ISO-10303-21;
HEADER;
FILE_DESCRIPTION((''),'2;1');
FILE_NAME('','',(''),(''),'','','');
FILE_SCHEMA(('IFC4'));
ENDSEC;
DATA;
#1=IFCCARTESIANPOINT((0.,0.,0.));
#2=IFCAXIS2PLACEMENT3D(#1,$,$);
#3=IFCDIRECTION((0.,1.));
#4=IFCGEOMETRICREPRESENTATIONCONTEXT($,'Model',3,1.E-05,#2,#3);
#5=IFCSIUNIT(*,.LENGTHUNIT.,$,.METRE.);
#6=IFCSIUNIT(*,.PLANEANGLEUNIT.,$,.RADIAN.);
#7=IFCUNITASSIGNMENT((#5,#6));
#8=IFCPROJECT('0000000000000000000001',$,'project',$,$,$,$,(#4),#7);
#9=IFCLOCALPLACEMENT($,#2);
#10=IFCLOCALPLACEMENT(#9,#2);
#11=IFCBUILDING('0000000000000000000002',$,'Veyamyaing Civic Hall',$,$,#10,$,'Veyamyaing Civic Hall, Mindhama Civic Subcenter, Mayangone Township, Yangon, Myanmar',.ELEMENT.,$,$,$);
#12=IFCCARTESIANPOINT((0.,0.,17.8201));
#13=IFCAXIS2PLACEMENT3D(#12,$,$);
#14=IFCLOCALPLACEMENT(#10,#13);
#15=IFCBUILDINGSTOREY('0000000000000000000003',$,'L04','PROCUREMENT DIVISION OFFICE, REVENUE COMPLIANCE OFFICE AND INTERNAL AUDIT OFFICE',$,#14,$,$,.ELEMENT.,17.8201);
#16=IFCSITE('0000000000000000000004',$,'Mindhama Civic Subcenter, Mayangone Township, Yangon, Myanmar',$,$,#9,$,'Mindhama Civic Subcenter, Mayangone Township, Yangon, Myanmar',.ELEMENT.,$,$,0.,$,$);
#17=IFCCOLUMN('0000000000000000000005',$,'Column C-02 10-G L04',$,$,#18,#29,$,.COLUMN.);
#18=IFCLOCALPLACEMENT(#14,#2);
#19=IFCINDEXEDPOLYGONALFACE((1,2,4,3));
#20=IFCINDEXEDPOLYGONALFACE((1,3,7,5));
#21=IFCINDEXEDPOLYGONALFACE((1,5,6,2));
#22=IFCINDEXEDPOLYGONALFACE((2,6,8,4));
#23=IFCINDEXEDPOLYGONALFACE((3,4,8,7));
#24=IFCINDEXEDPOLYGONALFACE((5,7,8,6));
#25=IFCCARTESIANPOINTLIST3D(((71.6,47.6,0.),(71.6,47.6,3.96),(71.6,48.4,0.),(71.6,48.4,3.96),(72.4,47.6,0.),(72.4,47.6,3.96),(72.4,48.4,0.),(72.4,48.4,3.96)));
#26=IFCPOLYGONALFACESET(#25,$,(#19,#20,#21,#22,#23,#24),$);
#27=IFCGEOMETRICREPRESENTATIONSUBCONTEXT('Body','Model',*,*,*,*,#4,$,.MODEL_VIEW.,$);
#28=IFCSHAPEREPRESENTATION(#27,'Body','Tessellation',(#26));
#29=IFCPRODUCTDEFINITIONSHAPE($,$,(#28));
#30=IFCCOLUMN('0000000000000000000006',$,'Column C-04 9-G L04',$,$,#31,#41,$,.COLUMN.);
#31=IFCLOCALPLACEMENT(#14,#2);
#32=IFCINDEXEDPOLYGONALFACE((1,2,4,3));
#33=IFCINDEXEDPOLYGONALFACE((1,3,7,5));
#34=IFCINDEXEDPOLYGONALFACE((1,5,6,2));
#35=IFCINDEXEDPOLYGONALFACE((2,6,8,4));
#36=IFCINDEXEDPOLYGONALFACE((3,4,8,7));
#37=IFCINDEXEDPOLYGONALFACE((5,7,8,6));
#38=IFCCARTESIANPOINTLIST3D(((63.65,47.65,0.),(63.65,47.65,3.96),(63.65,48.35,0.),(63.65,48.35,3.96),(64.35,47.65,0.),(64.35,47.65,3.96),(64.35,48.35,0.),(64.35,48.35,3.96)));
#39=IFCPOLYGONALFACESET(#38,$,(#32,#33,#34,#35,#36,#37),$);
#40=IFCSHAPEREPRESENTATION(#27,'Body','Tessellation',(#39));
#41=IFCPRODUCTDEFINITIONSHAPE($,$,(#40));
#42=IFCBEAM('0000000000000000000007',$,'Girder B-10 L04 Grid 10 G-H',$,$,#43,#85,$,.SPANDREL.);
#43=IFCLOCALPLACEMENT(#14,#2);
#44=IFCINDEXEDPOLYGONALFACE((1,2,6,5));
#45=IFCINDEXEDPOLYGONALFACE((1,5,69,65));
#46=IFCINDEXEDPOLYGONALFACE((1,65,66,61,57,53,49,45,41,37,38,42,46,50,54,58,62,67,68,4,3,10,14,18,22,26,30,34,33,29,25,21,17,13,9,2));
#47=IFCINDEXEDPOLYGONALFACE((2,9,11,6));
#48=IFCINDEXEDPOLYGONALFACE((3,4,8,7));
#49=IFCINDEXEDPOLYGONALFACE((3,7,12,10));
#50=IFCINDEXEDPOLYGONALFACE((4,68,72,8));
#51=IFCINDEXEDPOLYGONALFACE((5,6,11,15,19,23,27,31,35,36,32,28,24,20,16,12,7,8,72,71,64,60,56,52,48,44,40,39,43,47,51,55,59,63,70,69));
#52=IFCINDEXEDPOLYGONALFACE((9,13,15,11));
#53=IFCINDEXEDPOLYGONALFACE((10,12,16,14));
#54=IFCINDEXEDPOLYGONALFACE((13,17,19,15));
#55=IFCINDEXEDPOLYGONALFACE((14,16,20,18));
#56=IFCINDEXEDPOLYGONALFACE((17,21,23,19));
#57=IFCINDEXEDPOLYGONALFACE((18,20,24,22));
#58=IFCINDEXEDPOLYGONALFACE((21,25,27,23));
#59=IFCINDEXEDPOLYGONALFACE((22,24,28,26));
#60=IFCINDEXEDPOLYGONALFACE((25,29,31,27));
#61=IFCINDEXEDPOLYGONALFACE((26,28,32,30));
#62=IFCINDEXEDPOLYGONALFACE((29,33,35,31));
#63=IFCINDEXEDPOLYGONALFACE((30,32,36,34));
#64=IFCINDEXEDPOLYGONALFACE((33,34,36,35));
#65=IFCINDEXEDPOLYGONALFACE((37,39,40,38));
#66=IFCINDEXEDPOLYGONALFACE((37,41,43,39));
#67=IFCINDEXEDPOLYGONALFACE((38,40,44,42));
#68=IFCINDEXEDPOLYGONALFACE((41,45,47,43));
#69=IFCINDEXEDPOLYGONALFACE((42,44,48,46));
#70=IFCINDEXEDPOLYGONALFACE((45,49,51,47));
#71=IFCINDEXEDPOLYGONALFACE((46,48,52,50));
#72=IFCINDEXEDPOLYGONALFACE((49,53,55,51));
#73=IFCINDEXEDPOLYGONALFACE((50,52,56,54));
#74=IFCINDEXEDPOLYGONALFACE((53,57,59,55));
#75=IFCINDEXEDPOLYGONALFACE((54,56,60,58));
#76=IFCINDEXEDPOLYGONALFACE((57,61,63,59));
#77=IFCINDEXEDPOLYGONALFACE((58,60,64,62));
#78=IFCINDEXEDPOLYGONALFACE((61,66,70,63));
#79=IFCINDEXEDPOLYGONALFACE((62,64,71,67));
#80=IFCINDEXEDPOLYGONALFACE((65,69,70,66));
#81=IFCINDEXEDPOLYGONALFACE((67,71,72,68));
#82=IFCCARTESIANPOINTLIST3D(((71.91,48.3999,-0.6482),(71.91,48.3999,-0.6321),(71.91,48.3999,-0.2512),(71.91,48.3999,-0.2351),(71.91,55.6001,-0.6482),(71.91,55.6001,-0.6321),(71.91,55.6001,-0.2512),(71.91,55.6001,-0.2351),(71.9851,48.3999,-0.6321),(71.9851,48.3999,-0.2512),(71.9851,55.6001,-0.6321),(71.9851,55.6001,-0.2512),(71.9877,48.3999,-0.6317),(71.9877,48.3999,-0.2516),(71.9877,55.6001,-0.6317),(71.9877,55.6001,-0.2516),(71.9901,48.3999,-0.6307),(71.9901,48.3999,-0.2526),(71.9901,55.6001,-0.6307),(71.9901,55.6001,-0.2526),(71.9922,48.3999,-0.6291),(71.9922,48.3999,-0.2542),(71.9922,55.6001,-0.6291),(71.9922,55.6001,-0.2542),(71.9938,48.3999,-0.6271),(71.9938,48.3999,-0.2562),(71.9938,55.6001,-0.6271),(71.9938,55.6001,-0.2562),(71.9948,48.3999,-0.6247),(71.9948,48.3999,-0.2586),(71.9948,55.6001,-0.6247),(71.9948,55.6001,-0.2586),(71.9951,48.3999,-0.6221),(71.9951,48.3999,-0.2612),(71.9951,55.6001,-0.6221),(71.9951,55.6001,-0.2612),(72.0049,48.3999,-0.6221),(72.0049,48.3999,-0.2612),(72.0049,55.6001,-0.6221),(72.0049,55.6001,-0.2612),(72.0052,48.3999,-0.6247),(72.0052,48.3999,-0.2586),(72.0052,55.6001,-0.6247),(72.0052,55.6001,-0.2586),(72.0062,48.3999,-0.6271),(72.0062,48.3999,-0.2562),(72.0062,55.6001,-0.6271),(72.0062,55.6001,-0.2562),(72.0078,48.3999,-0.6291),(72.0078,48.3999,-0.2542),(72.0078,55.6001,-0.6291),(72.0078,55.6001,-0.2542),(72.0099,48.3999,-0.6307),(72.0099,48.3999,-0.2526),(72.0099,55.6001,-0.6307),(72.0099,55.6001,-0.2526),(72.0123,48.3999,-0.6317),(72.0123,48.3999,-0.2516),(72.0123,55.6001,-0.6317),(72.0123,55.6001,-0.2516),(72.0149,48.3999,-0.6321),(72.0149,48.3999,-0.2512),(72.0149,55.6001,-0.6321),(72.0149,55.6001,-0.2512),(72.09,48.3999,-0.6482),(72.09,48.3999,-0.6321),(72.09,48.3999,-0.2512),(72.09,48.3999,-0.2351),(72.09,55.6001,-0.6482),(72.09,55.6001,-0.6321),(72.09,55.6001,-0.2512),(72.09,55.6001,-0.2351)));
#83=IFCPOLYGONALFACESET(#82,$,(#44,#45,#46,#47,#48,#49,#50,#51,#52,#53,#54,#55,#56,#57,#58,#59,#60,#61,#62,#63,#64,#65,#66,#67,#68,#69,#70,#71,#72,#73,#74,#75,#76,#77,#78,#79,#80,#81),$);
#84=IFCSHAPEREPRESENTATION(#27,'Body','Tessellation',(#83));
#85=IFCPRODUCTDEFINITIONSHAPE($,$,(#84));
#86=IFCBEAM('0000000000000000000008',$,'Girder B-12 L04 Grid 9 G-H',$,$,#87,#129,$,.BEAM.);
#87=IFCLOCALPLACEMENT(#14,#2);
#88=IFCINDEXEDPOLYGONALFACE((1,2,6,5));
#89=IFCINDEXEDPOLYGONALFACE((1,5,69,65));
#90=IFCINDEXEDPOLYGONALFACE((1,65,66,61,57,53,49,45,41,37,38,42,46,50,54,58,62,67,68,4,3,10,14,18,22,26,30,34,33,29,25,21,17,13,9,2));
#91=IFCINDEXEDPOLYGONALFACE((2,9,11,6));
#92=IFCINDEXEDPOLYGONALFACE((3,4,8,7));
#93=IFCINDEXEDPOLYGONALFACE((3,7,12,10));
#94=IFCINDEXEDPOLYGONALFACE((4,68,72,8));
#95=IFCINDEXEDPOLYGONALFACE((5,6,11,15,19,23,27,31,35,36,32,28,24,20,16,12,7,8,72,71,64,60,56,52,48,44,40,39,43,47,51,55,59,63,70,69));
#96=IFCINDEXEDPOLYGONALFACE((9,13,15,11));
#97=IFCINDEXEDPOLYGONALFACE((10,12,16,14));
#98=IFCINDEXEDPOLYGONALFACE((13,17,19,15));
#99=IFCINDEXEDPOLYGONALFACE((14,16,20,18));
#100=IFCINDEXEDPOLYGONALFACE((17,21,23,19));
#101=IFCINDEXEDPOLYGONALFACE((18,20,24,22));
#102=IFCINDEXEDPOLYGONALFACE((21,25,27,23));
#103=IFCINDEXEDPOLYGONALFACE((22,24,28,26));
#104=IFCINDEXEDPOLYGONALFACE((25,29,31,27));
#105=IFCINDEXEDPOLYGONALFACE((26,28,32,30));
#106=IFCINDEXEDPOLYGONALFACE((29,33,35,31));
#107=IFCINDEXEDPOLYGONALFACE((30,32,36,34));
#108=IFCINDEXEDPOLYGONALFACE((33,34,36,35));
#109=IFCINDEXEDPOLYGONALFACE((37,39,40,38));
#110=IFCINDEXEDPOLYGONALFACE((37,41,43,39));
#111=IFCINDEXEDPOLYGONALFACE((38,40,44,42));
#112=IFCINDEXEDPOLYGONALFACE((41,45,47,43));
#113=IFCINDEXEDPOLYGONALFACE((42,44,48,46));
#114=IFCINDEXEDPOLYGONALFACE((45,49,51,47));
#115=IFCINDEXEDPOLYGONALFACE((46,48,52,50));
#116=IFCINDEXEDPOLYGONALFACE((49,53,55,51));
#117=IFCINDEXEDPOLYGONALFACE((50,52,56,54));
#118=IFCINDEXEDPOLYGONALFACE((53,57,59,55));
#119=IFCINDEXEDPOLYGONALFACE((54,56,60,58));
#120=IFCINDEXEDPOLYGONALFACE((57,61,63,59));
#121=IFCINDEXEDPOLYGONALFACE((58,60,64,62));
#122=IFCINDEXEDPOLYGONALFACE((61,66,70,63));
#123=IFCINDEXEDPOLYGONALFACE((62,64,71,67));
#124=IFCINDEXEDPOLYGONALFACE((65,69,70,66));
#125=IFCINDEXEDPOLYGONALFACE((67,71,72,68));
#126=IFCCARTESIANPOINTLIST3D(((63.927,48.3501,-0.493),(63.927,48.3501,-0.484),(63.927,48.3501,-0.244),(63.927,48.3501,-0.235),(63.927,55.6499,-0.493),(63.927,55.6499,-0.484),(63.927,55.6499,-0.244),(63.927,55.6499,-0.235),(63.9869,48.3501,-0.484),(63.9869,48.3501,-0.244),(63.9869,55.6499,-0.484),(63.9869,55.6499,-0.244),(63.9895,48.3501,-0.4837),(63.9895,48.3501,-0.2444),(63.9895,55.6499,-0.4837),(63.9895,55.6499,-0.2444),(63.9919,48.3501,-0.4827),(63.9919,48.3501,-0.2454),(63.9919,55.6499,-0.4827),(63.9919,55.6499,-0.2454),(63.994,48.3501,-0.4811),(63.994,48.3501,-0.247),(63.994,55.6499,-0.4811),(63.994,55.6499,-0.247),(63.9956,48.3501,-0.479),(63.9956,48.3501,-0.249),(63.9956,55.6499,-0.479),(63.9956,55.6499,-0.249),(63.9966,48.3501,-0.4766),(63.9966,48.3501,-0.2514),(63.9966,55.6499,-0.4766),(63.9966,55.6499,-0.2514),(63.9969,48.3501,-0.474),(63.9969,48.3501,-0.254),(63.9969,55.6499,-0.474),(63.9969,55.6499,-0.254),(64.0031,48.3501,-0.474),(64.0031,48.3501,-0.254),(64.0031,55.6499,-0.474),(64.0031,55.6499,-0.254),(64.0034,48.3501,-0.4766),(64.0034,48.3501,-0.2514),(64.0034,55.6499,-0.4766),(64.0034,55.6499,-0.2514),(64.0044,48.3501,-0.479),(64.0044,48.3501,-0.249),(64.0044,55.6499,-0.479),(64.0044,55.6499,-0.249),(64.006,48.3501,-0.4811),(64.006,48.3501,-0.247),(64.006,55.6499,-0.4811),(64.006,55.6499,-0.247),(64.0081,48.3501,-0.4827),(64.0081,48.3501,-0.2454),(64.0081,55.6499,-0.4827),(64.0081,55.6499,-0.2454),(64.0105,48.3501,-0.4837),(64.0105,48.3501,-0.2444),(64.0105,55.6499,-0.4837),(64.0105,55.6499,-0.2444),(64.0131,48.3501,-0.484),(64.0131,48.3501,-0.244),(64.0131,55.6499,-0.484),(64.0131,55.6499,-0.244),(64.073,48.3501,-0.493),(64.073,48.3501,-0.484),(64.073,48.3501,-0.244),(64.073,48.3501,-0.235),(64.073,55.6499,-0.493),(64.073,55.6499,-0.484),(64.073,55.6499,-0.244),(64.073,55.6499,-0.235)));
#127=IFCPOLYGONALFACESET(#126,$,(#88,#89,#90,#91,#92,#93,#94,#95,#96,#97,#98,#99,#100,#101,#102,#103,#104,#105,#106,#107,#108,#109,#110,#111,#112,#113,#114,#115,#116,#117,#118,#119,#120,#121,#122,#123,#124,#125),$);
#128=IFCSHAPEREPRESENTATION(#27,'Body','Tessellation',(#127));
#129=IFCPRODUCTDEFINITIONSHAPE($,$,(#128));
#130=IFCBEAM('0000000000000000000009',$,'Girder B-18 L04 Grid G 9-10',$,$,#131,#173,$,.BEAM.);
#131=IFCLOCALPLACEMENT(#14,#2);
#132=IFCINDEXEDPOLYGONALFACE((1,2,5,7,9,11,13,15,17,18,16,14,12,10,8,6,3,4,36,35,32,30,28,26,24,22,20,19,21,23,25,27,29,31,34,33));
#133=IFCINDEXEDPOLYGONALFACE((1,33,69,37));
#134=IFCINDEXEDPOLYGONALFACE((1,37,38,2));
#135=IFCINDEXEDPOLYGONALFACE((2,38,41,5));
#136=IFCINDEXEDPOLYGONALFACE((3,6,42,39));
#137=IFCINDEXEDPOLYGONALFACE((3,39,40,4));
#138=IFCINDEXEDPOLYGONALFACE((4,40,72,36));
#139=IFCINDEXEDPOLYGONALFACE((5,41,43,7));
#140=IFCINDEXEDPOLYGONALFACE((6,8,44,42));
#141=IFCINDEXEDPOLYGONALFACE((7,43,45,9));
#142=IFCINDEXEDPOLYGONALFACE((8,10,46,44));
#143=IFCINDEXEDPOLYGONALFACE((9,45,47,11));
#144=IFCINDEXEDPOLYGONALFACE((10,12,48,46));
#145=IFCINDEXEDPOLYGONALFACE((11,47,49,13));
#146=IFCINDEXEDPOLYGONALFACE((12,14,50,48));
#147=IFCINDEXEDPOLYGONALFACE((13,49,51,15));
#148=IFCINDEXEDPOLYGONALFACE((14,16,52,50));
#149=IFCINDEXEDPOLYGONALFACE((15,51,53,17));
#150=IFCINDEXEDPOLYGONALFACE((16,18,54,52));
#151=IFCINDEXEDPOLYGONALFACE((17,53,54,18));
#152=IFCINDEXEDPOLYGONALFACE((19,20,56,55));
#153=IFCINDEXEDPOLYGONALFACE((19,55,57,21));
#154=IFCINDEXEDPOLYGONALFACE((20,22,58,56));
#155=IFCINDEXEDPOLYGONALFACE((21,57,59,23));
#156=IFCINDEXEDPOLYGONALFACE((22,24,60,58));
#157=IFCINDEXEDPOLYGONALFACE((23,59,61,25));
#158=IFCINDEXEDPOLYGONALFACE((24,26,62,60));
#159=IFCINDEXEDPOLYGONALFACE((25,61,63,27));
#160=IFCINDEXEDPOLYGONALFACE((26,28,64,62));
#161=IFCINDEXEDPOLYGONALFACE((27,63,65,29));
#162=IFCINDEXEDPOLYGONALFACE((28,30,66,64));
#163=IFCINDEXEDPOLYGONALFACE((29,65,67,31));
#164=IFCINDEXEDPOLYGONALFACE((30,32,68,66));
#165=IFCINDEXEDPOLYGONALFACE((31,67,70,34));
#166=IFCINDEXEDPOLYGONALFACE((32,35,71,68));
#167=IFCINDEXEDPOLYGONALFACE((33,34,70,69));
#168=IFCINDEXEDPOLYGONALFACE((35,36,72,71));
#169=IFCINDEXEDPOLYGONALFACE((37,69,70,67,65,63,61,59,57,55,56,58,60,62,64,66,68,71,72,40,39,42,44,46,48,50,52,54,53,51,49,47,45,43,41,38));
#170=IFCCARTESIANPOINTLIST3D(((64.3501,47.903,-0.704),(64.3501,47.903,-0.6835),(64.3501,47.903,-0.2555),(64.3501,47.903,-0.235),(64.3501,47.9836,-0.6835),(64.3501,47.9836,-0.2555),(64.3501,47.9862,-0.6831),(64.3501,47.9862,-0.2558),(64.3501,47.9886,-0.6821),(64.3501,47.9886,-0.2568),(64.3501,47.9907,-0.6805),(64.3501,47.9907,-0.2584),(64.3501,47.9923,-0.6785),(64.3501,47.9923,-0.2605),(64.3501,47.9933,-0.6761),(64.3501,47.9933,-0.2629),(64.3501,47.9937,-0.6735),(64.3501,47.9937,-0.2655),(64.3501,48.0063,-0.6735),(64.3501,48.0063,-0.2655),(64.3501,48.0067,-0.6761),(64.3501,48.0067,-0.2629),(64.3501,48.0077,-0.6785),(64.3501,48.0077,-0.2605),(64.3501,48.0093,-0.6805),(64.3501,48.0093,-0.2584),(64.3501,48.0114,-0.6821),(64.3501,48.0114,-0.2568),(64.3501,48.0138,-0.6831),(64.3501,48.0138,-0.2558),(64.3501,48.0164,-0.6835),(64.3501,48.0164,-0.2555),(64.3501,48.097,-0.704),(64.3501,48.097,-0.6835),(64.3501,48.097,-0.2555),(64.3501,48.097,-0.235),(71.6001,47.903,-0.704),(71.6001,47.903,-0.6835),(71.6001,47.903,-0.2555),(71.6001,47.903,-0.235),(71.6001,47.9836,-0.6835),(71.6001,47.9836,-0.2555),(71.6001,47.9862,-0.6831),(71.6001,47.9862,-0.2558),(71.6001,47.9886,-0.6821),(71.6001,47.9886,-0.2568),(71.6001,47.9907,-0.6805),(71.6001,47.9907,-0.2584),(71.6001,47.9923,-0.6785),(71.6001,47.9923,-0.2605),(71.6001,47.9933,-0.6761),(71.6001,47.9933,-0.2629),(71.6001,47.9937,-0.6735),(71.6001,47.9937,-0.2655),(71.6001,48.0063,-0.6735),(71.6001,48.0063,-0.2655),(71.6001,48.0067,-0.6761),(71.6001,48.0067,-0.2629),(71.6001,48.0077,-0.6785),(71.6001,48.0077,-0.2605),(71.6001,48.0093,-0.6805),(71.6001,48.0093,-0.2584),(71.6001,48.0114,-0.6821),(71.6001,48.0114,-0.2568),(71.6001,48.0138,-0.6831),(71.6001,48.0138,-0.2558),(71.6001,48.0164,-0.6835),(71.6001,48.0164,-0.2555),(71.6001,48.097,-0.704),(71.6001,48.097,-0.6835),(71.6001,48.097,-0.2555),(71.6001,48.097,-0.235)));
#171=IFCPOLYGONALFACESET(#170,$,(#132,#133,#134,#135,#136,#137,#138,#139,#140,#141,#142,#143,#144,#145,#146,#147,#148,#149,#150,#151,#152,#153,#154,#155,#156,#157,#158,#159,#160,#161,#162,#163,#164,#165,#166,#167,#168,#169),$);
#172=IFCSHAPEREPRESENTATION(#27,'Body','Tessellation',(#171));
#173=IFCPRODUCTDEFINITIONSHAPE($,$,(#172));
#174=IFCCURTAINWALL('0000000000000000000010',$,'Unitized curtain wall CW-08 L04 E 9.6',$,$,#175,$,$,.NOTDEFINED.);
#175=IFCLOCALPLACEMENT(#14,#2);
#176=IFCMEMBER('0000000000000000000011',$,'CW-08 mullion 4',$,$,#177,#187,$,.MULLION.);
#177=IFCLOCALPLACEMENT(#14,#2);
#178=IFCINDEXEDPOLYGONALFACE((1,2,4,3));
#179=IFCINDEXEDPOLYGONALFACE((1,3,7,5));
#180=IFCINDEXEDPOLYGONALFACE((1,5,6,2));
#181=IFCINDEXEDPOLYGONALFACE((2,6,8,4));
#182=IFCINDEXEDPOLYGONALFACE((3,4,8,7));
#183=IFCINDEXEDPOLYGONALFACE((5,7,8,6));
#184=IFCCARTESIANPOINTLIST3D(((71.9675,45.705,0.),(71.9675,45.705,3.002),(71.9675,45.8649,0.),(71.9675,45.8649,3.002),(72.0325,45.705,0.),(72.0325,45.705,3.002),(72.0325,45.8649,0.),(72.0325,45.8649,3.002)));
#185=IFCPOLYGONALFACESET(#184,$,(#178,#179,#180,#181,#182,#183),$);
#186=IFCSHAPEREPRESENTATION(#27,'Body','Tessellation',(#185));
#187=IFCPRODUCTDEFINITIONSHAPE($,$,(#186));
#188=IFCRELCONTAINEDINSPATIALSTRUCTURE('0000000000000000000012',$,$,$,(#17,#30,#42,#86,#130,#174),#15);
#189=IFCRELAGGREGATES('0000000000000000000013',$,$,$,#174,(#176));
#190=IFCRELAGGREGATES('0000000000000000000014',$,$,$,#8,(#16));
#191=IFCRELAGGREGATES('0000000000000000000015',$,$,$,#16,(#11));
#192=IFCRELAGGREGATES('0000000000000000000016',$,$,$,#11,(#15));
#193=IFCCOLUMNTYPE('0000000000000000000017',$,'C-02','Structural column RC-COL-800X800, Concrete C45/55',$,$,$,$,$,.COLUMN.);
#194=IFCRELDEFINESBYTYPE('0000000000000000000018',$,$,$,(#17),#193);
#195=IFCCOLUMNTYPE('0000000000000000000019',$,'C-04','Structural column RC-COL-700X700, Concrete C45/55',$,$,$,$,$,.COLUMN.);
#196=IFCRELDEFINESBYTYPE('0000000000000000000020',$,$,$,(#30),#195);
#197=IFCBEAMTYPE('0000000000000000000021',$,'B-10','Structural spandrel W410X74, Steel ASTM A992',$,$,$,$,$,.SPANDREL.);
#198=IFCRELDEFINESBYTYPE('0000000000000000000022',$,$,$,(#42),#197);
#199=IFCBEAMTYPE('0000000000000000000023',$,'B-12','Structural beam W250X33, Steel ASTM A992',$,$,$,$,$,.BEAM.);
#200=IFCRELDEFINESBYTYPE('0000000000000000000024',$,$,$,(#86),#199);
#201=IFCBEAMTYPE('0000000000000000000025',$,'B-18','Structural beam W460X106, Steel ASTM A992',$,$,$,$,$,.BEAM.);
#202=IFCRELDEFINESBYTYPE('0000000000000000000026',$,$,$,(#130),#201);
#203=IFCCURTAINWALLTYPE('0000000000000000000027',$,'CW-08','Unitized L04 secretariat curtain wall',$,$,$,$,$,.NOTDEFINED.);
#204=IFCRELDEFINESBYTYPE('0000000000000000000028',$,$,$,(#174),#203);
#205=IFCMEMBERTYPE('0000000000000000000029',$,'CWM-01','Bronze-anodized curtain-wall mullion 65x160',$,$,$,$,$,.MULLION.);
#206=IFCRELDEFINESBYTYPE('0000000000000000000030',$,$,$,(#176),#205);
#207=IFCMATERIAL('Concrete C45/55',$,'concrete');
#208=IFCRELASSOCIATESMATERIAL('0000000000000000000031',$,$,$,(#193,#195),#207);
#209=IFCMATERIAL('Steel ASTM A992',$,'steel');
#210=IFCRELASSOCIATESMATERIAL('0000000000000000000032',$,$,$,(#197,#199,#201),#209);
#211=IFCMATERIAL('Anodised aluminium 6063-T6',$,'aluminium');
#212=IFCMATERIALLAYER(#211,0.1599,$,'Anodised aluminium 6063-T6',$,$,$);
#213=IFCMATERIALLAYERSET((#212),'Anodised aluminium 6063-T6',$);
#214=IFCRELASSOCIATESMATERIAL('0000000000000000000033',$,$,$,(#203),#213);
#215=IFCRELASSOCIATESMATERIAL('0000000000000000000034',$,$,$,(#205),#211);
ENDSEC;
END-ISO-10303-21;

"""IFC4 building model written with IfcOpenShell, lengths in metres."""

from ifc_helpers import new_model, si_unit, direction, frame, origin, origin_2d, place, context, subcontext, project, spatial, rectangle, i_section, extrude, material, layer, layer_set, material_profile, profile_set, type_object, element, aggregate, save


model = new_model("IFC4")

# Units and contexts
model_context = context("Model", 3, precision=1e-05, world=origin(), true_north=direction((0.0, 1.0)))
body_context = subcontext(model_context, "Body", "Model", "MODEL_VIEW")
ifc_project = project(units=[si_unit("LENGTHUNIT", "METRE"), si_unit("PLANEANGLEUNIT", "RADIAN")], contexts=[model_context])

# Site, building, storey
site_placement = place(None, origin())
site = spatial("IfcSite", under=ifc_project, at=site_placement, Name="Mindhama Civic Subcenter, Mayangone Township, Yangon, Myanmar", LongName="Mindhama Civic Subcenter, Mayangone Township, Yangon, Myanmar", CompositionType="ELEMENT", RefElevation=0.0)
building_placement = place(site_placement, origin())
building = spatial("IfcBuilding", under=site, at=building_placement, Name="Veyamyaing Civic Hall", LongName="Veyamyaing Civic Hall, Mindhama Civic Subcenter, Mayangone Township, Yangon, Myanmar", CompositionType="ELEMENT")
storey_placement = place(building_placement, frame((0.0, 0.0, 17.8201)))
storey = spatial("IfcBuildingStorey", under=building, at=storey_placement, Name="L04", Description="PROCUREMENT DIVISION OFFICE, REVENUE COMPLIANCE OFFICE AND INTERNAL AUDIT OFFICE", CompositionType="ELEMENT", Elevation=17.8201)

# Columns
ifc_material_1 = material(Name="Concrete C45/55", Category="concrete")
ifc_material_profile_1 = material_profile(ifc_material_1, rectangle(XDim=0.8, YDim=0.8, at=origin_2d()), Name="RC-COL-800X800")
ifc_profile_set_1 = profile_set([ifc_material_profile_1], Name="Concrete C45/55")
column_type_1 = type_object("IfcColumnType", Name="C-02", Description="Structural column RC-COL-800X800, Concrete C45/55", PredefinedType="COLUMN", material=ifc_profile_set_1)
column_1_placement = place(storey_placement, frame((72.0, 48.0, 0.0), z_axis=(0.0, 0.0, 1.0), x_axis=(1.0, 0.0, 0.0)))
element("IfcColumn", 1, at=column_1_placement, inside=storey, type_object=column_type_1, Name="Column C-02 10-G L04", PredefinedType="COLUMN", context=body_context, shape_type="SweptSolid", body=[
    extrude(rectangle(XDim=0.8, YDim=0.8, at=origin_2d()), origin(), (0.0, 0.0, 1.0), 3.96),
])
ifc_material_profile_2 = material_profile(ifc_material_1, rectangle(XDim=0.7, YDim=0.7, at=origin_2d()), Name="RC-COL-700X700")
ifc_profile_set_2 = profile_set([ifc_material_profile_2], Name="Concrete C45/55")
column_type_2 = type_object("IfcColumnType", Name="C-04", Description="Structural column RC-COL-700X700, Concrete C45/55", PredefinedType="COLUMN", material=ifc_profile_set_2)
column_2_placement = place(storey_placement, frame((64.0, 48.0, 0.0), z_axis=(0.0, 0.0, 1.0), x_axis=(1.0, 0.0, 0.0)))
element("IfcColumn", 2, at=column_2_placement, inside=storey, type_object=column_type_2, Name="Column C-04 9-G L04", PredefinedType="COLUMN", context=body_context, shape_type="SweptSolid", body=[
    extrude(rectangle(XDim=0.7, YDim=0.7, at=origin_2d()), origin(), (0.0, 0.0, 1.0), 3.96),
])

# Beams
ifc_material_2 = material(Name="Steel ASTM A992", Category="steel")
ifc_material_profile_3 = material_profile(ifc_material_2, i_section(OverallWidth=0.1799, OverallDepth=0.4131, WebThickness=0.0098, FlangeThickness=0.0161, FilletRadius=0.01, at=origin_2d()), Name="W410X74")
ifc_profile_set_3 = profile_set([ifc_material_profile_3], Name="Steel ASTM A992")
beam_type_1 = type_object("IfcBeamType", Name="B-10", Description="Structural spandrel W410X74, Steel ASTM A992", PredefinedType="SPANDREL", material=ifc_profile_set_3)
beam_1_placement = place(storey_placement, frame((72.0, 48.3999, -0.4417), z_axis=(0.0, 1.0, 0.0), x_axis=(-1.0, 0.0, 0.0)))
element("IfcBeam", 3, at=beam_1_placement, inside=storey, type_object=beam_type_1, Name="Girder B-10 L04 Grid 10 G-H", PredefinedType="SPANDREL", context=body_context, shape_type="SweptSolid", body=[
    extrude(i_section(OverallWidth=0.1799, OverallDepth=0.4131, WebThickness=0.0098, FlangeThickness=0.0161, FilletRadius=0.01, at=origin_2d()), origin(), (0.0, 0.0, 1.0), 7.2002),
])
ifc_material_profile_4 = material_profile(ifc_material_2, i_section(OverallWidth=0.146, OverallDepth=0.2581, WebThickness=0.0061, FlangeThickness=0.009, FilletRadius=0.01, at=origin_2d()), Name="W250X33")
ifc_profile_set_4 = profile_set([ifc_material_profile_4], Name="Steel ASTM A992")
beam_type_2 = type_object("IfcBeamType", Name="B-12", Description="Structural beam W250X33, Steel ASTM A992", PredefinedType="BEAM", material=ifc_profile_set_4)
beam_2_placement = place(storey_placement, frame((64.0, 48.3501, -0.364), z_axis=(0.0, 1.0, 0.0), x_axis=(-1.0, 0.0, 0.0)))
element("IfcBeam", 4, at=beam_2_placement, inside=storey, type_object=beam_type_2, Name="Girder B-12 L04 Grid 9 G-H", PredefinedType="BEAM", context=body_context, shape_type="SweptSolid", body=[
    extrude(i_section(OverallWidth=0.146, OverallDepth=0.2581, WebThickness=0.0061, FlangeThickness=0.009, FilletRadius=0.01, at=origin_2d()), origin(), (0.0, 0.0, 1.0), 7.2998),
])
ifc_material_profile_5 = material_profile(ifc_material_2, i_section(OverallWidth=0.1941, OverallDepth=0.469, WebThickness=0.0127, FlangeThickness=0.0205, FilletRadius=0.01, at=origin_2d()), Name="W460X106")
ifc_profile_set_5 = profile_set([ifc_material_profile_5], Name="Steel ASTM A992")
beam_type_3 = type_object("IfcBeamType", Name="B-18", Description="Structural beam W460X106, Steel ASTM A992", PredefinedType="BEAM", material=ifc_profile_set_5)
beam_3_placement = place(storey_placement, frame((64.3501, 48.0, -0.4695), z_axis=(1.0, 0.0, 0.0), x_axis=(0.0, 1.0, 0.0)))
element("IfcBeam", 5, at=beam_3_placement, inside=storey, type_object=beam_type_3, Name="Girder B-18 L04 Grid G 9-10", PredefinedType="BEAM", context=body_context, shape_type="SweptSolid", body=[
    extrude(i_section(OverallWidth=0.1941, OverallDepth=0.469, WebThickness=0.0127, FlangeThickness=0.0205, FilletRadius=0.01, at=origin_2d()), origin(), (0.0, 0.0, 1.0), 7.25),
])

# Curtain wall, member
ifc_material_3 = material(Name="Anodised aluminium 6063-T6", Category="aluminium")
ifc_layer_1 = layer(ifc_material_3, 0.1599, Name="Anodised aluminium 6063-T6")
ifc_layer_set_1 = layer_set([ifc_layer_1], Name="Anodised aluminium 6063-T6")
curtain_wall_type = type_object("IfcCurtainWallType", Name="CW-08", Description="Unitized L04 secretariat curtain wall", PredefinedType="NOTDEFINED", material=ifc_layer_set_1)
curtain_wall_placement = place(storey_placement, origin())
curtain_wall = element("IfcCurtainWall", 6, at=curtain_wall_placement, inside=storey, type_object=curtain_wall_type, Name="Unitized curtain wall CW-08 L04 E 9.6", PredefinedType="NOTDEFINED")
ifc_material_profile_6 = material_profile(ifc_material_3, rectangle(XDim=0.0649, YDim=0.1599, at=origin_2d()), Name="ALU-MUL-65X160")
ifc_profile_set_6 = profile_set([ifc_material_profile_6], Name="Anodised aluminium 6063-T6")
member_type_1 = type_object("IfcMemberType", Name="CWM-01", Description="Bronze-anodized curtain-wall mullion 65x160", PredefinedType="MULLION", material=ifc_profile_set_6)
member_1_placement = place(storey_placement, frame((72.0, 45.7849, 0.0), z_axis=(0.0, 0.0, 1.0), x_axis=(-1.0, 0.0, 0.0)))
member_1 = element("IfcMember", 7, at=member_1_placement, type_object=member_type_1, Name="CW-08 mullion 4", PredefinedType="MULLION", context=body_context, shape_type="SweptSolid", body=[
    extrude(rectangle(XDim=0.0649, YDim=0.1599, at=origin_2d()), origin(), (0.0, 0.0, 1.0), 3.002),
])

aggregate(curtain_wall, [member_1])

save(model, "model.ifc")
